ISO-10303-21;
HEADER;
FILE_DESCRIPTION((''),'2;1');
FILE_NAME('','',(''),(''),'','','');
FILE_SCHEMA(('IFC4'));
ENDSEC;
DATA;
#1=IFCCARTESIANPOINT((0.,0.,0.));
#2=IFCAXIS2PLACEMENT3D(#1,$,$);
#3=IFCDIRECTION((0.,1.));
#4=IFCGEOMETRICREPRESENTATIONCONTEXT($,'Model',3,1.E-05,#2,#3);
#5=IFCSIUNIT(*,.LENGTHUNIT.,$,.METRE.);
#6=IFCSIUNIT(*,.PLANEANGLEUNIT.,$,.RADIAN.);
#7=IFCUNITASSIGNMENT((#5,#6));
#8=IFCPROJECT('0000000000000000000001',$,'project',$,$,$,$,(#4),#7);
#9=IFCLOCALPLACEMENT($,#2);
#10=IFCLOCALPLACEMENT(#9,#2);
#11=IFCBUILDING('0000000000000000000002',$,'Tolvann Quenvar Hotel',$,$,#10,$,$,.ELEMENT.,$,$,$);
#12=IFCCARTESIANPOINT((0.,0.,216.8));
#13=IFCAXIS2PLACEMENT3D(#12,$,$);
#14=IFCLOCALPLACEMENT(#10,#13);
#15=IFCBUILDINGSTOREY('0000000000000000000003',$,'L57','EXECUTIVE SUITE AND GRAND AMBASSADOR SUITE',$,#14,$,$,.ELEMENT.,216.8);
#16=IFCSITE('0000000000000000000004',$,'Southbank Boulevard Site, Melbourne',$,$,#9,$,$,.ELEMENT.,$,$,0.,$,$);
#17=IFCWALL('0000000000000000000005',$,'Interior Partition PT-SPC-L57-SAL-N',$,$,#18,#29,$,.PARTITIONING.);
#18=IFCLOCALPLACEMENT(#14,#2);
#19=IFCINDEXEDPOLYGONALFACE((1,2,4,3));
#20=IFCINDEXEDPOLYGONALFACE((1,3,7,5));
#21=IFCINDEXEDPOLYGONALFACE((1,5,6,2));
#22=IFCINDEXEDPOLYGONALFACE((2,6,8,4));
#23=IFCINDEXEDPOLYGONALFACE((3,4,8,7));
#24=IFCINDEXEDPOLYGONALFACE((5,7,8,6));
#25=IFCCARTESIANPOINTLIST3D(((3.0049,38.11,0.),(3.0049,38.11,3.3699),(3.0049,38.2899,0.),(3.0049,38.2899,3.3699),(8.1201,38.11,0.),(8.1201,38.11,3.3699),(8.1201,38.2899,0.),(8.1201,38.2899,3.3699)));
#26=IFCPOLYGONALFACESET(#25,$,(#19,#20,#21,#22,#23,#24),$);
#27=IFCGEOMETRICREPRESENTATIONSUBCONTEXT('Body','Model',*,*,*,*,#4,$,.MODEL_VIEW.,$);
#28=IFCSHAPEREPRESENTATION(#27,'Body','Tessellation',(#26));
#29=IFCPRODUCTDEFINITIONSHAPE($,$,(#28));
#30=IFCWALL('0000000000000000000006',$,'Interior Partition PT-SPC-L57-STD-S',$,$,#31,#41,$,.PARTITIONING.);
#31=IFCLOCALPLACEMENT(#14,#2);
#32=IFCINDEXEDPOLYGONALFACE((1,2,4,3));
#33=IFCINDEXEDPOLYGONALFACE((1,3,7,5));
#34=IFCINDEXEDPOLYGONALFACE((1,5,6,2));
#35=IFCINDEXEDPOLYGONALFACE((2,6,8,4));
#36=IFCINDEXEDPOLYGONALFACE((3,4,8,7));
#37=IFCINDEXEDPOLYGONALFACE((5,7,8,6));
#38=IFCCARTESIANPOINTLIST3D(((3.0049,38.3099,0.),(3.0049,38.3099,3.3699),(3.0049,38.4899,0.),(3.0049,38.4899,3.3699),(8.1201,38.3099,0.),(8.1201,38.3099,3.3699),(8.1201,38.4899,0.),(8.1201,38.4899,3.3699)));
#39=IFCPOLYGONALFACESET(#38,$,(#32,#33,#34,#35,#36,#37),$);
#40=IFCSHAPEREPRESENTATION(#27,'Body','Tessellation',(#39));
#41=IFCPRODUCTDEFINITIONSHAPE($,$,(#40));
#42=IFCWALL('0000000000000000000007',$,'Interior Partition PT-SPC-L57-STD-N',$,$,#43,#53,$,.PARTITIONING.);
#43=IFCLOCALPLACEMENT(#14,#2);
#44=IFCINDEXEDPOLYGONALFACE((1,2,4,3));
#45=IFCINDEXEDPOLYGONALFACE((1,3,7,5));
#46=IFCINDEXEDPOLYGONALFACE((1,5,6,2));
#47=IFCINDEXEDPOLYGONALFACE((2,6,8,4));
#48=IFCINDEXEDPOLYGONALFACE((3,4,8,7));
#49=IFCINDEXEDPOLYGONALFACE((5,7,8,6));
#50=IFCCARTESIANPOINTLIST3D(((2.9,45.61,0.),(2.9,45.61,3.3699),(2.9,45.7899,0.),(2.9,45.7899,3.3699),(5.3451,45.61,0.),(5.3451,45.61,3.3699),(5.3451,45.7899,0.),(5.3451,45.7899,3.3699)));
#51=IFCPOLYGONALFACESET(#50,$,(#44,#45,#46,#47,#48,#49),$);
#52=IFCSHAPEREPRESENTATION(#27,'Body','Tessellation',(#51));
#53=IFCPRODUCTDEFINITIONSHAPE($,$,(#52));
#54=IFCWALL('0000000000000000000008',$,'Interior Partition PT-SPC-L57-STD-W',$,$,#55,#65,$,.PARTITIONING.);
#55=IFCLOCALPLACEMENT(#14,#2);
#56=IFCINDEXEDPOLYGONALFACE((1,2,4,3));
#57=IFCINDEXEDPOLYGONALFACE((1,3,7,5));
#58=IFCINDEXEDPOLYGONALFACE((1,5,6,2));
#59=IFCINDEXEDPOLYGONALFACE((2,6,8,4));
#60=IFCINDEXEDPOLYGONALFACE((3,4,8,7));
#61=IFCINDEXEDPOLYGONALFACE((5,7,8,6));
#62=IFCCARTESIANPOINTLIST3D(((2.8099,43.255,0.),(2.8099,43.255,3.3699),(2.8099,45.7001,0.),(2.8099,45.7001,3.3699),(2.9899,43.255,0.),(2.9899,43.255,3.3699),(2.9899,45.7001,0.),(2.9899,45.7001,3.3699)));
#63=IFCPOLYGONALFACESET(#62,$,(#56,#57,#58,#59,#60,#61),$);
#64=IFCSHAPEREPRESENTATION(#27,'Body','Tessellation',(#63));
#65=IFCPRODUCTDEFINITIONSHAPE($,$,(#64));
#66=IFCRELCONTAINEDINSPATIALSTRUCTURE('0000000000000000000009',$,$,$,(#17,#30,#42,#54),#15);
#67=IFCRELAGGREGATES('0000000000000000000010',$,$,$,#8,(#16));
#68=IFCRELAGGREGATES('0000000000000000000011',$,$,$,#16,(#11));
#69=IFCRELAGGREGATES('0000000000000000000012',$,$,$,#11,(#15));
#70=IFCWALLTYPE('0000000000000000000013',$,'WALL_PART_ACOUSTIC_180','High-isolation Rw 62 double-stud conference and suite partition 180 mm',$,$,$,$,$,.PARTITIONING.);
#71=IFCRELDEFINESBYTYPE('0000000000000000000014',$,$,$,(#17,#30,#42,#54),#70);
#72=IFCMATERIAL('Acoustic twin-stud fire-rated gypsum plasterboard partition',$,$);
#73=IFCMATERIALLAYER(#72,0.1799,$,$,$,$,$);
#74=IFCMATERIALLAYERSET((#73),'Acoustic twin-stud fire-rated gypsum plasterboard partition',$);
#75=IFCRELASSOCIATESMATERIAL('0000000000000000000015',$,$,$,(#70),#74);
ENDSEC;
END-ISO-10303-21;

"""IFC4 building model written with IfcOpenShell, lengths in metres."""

from ifc_helpers import new_model, si_unit, direction, frame, frame_2d, origin, place, context, subcontext, project, spatial, rectangle, extrude, material, layer, layer_set, type_object, element, save


model = new_model("IFC4")

# Units and contexts
model_context = context("Model", 3, precision=1e-05, world=origin(), true_north=direction((0.0, 1.0)))
body_context = subcontext(model_context, "Body", "Model", "MODEL_VIEW")
ifc_project = project(units=[si_unit("LENGTHUNIT", "METRE"), si_unit("PLANEANGLEUNIT", "RADIAN")], contexts=[model_context])

# Site, building, storey
site_placement = place(None, origin())
site = spatial("IfcSite", under=ifc_project, at=site_placement, Name="Southbank Boulevard Site, Melbourne", CompositionType="ELEMENT", RefElevation=0.0)
building_placement = place(site_placement, origin())
building = spatial("IfcBuilding", under=site, at=building_placement, Name="Tolvann Quenvar Hotel", CompositionType="ELEMENT")
storey_placement = place(building_placement, frame((0.0, 0.0, 216.8)))
storey = spatial("IfcBuildingStorey", under=building, at=storey_placement, Name="L57", Description="EXECUTIVE SUITE AND GRAND AMBASSADOR SUITE", CompositionType="ELEMENT", Elevation=216.8)

# Walls
ifc_material_1 = material(Name="Acoustic twin-stud fire-rated gypsum plasterboard partition")
ifc_layer_1 = layer(ifc_material_1, 0.1799)
ifc_layer_set_1 = layer_set([ifc_layer_1], Name="Acoustic twin-stud fire-rated gypsum plasterboard partition")
wall_type_1 = type_object("IfcWallType", Name="WALL_PART_ACOUSTIC_180", Description="High-isolation Rw 62 double-stud conference and suite partition 180 mm", PredefinedType="PARTITIONING", material=ifc_layer_set_1)
for number, where, z_axis, x_axis, name in (
    (1, (3.0049, 38.2, 0.0), (0.0, 0.0, 1.0), (1.0, 0.0, 0.0), "Interior Partition PT-SPC-L57-SAL-N"),
    (2, (3.0049, 38.3999, 0.0), (0.0, 0.0, 1.0), (1.0, 0.0, 0.0), "Interior Partition PT-SPC-L57-STD-S"),
):
    element("IfcWall", number, at=place(storey_placement, frame(where, z_axis=z_axis, x_axis=x_axis)), inside=storey, type_object=wall_type_1, Name=name, PredefinedType="PARTITIONING", context=body_context, shape_type="SweptSolid", body=[
        extrude(rectangle(XDim=5.1152, YDim=0.1799, at=frame_2d((2.5576, 0.0))), origin(), (0.0, 0.0, 1.0), 3.3699),
    ])
for number, where, z_axis, x_axis, name in (
    (3, (2.8999, 45.7, 0.0), (0.0, 0.0, 1.0), (1.0, 0.0, 0.0), "Interior Partition PT-SPC-L57-STD-N"),
    (4, (2.8999, 43.2549, 0.0), (0.0, 0.0, 1.0), (0.0, 1.0, 0.0), "Interior Partition PT-SPC-L57-STD-W"),
):
    element("IfcWall", number, at=place(storey_placement, frame(where, z_axis=z_axis, x_axis=x_axis)), inside=storey, type_object=wall_type_1, Name=name, PredefinedType="PARTITIONING", context=body_context, shape_type="SweptSolid", body=[
        extrude(rectangle(XDim=2.4451, YDim=0.1799, at=frame_2d((1.2227, 0.0))), origin(), (0.0, 0.0, 1.0), 3.3699),
    ])

save(model, "model.ifc")
